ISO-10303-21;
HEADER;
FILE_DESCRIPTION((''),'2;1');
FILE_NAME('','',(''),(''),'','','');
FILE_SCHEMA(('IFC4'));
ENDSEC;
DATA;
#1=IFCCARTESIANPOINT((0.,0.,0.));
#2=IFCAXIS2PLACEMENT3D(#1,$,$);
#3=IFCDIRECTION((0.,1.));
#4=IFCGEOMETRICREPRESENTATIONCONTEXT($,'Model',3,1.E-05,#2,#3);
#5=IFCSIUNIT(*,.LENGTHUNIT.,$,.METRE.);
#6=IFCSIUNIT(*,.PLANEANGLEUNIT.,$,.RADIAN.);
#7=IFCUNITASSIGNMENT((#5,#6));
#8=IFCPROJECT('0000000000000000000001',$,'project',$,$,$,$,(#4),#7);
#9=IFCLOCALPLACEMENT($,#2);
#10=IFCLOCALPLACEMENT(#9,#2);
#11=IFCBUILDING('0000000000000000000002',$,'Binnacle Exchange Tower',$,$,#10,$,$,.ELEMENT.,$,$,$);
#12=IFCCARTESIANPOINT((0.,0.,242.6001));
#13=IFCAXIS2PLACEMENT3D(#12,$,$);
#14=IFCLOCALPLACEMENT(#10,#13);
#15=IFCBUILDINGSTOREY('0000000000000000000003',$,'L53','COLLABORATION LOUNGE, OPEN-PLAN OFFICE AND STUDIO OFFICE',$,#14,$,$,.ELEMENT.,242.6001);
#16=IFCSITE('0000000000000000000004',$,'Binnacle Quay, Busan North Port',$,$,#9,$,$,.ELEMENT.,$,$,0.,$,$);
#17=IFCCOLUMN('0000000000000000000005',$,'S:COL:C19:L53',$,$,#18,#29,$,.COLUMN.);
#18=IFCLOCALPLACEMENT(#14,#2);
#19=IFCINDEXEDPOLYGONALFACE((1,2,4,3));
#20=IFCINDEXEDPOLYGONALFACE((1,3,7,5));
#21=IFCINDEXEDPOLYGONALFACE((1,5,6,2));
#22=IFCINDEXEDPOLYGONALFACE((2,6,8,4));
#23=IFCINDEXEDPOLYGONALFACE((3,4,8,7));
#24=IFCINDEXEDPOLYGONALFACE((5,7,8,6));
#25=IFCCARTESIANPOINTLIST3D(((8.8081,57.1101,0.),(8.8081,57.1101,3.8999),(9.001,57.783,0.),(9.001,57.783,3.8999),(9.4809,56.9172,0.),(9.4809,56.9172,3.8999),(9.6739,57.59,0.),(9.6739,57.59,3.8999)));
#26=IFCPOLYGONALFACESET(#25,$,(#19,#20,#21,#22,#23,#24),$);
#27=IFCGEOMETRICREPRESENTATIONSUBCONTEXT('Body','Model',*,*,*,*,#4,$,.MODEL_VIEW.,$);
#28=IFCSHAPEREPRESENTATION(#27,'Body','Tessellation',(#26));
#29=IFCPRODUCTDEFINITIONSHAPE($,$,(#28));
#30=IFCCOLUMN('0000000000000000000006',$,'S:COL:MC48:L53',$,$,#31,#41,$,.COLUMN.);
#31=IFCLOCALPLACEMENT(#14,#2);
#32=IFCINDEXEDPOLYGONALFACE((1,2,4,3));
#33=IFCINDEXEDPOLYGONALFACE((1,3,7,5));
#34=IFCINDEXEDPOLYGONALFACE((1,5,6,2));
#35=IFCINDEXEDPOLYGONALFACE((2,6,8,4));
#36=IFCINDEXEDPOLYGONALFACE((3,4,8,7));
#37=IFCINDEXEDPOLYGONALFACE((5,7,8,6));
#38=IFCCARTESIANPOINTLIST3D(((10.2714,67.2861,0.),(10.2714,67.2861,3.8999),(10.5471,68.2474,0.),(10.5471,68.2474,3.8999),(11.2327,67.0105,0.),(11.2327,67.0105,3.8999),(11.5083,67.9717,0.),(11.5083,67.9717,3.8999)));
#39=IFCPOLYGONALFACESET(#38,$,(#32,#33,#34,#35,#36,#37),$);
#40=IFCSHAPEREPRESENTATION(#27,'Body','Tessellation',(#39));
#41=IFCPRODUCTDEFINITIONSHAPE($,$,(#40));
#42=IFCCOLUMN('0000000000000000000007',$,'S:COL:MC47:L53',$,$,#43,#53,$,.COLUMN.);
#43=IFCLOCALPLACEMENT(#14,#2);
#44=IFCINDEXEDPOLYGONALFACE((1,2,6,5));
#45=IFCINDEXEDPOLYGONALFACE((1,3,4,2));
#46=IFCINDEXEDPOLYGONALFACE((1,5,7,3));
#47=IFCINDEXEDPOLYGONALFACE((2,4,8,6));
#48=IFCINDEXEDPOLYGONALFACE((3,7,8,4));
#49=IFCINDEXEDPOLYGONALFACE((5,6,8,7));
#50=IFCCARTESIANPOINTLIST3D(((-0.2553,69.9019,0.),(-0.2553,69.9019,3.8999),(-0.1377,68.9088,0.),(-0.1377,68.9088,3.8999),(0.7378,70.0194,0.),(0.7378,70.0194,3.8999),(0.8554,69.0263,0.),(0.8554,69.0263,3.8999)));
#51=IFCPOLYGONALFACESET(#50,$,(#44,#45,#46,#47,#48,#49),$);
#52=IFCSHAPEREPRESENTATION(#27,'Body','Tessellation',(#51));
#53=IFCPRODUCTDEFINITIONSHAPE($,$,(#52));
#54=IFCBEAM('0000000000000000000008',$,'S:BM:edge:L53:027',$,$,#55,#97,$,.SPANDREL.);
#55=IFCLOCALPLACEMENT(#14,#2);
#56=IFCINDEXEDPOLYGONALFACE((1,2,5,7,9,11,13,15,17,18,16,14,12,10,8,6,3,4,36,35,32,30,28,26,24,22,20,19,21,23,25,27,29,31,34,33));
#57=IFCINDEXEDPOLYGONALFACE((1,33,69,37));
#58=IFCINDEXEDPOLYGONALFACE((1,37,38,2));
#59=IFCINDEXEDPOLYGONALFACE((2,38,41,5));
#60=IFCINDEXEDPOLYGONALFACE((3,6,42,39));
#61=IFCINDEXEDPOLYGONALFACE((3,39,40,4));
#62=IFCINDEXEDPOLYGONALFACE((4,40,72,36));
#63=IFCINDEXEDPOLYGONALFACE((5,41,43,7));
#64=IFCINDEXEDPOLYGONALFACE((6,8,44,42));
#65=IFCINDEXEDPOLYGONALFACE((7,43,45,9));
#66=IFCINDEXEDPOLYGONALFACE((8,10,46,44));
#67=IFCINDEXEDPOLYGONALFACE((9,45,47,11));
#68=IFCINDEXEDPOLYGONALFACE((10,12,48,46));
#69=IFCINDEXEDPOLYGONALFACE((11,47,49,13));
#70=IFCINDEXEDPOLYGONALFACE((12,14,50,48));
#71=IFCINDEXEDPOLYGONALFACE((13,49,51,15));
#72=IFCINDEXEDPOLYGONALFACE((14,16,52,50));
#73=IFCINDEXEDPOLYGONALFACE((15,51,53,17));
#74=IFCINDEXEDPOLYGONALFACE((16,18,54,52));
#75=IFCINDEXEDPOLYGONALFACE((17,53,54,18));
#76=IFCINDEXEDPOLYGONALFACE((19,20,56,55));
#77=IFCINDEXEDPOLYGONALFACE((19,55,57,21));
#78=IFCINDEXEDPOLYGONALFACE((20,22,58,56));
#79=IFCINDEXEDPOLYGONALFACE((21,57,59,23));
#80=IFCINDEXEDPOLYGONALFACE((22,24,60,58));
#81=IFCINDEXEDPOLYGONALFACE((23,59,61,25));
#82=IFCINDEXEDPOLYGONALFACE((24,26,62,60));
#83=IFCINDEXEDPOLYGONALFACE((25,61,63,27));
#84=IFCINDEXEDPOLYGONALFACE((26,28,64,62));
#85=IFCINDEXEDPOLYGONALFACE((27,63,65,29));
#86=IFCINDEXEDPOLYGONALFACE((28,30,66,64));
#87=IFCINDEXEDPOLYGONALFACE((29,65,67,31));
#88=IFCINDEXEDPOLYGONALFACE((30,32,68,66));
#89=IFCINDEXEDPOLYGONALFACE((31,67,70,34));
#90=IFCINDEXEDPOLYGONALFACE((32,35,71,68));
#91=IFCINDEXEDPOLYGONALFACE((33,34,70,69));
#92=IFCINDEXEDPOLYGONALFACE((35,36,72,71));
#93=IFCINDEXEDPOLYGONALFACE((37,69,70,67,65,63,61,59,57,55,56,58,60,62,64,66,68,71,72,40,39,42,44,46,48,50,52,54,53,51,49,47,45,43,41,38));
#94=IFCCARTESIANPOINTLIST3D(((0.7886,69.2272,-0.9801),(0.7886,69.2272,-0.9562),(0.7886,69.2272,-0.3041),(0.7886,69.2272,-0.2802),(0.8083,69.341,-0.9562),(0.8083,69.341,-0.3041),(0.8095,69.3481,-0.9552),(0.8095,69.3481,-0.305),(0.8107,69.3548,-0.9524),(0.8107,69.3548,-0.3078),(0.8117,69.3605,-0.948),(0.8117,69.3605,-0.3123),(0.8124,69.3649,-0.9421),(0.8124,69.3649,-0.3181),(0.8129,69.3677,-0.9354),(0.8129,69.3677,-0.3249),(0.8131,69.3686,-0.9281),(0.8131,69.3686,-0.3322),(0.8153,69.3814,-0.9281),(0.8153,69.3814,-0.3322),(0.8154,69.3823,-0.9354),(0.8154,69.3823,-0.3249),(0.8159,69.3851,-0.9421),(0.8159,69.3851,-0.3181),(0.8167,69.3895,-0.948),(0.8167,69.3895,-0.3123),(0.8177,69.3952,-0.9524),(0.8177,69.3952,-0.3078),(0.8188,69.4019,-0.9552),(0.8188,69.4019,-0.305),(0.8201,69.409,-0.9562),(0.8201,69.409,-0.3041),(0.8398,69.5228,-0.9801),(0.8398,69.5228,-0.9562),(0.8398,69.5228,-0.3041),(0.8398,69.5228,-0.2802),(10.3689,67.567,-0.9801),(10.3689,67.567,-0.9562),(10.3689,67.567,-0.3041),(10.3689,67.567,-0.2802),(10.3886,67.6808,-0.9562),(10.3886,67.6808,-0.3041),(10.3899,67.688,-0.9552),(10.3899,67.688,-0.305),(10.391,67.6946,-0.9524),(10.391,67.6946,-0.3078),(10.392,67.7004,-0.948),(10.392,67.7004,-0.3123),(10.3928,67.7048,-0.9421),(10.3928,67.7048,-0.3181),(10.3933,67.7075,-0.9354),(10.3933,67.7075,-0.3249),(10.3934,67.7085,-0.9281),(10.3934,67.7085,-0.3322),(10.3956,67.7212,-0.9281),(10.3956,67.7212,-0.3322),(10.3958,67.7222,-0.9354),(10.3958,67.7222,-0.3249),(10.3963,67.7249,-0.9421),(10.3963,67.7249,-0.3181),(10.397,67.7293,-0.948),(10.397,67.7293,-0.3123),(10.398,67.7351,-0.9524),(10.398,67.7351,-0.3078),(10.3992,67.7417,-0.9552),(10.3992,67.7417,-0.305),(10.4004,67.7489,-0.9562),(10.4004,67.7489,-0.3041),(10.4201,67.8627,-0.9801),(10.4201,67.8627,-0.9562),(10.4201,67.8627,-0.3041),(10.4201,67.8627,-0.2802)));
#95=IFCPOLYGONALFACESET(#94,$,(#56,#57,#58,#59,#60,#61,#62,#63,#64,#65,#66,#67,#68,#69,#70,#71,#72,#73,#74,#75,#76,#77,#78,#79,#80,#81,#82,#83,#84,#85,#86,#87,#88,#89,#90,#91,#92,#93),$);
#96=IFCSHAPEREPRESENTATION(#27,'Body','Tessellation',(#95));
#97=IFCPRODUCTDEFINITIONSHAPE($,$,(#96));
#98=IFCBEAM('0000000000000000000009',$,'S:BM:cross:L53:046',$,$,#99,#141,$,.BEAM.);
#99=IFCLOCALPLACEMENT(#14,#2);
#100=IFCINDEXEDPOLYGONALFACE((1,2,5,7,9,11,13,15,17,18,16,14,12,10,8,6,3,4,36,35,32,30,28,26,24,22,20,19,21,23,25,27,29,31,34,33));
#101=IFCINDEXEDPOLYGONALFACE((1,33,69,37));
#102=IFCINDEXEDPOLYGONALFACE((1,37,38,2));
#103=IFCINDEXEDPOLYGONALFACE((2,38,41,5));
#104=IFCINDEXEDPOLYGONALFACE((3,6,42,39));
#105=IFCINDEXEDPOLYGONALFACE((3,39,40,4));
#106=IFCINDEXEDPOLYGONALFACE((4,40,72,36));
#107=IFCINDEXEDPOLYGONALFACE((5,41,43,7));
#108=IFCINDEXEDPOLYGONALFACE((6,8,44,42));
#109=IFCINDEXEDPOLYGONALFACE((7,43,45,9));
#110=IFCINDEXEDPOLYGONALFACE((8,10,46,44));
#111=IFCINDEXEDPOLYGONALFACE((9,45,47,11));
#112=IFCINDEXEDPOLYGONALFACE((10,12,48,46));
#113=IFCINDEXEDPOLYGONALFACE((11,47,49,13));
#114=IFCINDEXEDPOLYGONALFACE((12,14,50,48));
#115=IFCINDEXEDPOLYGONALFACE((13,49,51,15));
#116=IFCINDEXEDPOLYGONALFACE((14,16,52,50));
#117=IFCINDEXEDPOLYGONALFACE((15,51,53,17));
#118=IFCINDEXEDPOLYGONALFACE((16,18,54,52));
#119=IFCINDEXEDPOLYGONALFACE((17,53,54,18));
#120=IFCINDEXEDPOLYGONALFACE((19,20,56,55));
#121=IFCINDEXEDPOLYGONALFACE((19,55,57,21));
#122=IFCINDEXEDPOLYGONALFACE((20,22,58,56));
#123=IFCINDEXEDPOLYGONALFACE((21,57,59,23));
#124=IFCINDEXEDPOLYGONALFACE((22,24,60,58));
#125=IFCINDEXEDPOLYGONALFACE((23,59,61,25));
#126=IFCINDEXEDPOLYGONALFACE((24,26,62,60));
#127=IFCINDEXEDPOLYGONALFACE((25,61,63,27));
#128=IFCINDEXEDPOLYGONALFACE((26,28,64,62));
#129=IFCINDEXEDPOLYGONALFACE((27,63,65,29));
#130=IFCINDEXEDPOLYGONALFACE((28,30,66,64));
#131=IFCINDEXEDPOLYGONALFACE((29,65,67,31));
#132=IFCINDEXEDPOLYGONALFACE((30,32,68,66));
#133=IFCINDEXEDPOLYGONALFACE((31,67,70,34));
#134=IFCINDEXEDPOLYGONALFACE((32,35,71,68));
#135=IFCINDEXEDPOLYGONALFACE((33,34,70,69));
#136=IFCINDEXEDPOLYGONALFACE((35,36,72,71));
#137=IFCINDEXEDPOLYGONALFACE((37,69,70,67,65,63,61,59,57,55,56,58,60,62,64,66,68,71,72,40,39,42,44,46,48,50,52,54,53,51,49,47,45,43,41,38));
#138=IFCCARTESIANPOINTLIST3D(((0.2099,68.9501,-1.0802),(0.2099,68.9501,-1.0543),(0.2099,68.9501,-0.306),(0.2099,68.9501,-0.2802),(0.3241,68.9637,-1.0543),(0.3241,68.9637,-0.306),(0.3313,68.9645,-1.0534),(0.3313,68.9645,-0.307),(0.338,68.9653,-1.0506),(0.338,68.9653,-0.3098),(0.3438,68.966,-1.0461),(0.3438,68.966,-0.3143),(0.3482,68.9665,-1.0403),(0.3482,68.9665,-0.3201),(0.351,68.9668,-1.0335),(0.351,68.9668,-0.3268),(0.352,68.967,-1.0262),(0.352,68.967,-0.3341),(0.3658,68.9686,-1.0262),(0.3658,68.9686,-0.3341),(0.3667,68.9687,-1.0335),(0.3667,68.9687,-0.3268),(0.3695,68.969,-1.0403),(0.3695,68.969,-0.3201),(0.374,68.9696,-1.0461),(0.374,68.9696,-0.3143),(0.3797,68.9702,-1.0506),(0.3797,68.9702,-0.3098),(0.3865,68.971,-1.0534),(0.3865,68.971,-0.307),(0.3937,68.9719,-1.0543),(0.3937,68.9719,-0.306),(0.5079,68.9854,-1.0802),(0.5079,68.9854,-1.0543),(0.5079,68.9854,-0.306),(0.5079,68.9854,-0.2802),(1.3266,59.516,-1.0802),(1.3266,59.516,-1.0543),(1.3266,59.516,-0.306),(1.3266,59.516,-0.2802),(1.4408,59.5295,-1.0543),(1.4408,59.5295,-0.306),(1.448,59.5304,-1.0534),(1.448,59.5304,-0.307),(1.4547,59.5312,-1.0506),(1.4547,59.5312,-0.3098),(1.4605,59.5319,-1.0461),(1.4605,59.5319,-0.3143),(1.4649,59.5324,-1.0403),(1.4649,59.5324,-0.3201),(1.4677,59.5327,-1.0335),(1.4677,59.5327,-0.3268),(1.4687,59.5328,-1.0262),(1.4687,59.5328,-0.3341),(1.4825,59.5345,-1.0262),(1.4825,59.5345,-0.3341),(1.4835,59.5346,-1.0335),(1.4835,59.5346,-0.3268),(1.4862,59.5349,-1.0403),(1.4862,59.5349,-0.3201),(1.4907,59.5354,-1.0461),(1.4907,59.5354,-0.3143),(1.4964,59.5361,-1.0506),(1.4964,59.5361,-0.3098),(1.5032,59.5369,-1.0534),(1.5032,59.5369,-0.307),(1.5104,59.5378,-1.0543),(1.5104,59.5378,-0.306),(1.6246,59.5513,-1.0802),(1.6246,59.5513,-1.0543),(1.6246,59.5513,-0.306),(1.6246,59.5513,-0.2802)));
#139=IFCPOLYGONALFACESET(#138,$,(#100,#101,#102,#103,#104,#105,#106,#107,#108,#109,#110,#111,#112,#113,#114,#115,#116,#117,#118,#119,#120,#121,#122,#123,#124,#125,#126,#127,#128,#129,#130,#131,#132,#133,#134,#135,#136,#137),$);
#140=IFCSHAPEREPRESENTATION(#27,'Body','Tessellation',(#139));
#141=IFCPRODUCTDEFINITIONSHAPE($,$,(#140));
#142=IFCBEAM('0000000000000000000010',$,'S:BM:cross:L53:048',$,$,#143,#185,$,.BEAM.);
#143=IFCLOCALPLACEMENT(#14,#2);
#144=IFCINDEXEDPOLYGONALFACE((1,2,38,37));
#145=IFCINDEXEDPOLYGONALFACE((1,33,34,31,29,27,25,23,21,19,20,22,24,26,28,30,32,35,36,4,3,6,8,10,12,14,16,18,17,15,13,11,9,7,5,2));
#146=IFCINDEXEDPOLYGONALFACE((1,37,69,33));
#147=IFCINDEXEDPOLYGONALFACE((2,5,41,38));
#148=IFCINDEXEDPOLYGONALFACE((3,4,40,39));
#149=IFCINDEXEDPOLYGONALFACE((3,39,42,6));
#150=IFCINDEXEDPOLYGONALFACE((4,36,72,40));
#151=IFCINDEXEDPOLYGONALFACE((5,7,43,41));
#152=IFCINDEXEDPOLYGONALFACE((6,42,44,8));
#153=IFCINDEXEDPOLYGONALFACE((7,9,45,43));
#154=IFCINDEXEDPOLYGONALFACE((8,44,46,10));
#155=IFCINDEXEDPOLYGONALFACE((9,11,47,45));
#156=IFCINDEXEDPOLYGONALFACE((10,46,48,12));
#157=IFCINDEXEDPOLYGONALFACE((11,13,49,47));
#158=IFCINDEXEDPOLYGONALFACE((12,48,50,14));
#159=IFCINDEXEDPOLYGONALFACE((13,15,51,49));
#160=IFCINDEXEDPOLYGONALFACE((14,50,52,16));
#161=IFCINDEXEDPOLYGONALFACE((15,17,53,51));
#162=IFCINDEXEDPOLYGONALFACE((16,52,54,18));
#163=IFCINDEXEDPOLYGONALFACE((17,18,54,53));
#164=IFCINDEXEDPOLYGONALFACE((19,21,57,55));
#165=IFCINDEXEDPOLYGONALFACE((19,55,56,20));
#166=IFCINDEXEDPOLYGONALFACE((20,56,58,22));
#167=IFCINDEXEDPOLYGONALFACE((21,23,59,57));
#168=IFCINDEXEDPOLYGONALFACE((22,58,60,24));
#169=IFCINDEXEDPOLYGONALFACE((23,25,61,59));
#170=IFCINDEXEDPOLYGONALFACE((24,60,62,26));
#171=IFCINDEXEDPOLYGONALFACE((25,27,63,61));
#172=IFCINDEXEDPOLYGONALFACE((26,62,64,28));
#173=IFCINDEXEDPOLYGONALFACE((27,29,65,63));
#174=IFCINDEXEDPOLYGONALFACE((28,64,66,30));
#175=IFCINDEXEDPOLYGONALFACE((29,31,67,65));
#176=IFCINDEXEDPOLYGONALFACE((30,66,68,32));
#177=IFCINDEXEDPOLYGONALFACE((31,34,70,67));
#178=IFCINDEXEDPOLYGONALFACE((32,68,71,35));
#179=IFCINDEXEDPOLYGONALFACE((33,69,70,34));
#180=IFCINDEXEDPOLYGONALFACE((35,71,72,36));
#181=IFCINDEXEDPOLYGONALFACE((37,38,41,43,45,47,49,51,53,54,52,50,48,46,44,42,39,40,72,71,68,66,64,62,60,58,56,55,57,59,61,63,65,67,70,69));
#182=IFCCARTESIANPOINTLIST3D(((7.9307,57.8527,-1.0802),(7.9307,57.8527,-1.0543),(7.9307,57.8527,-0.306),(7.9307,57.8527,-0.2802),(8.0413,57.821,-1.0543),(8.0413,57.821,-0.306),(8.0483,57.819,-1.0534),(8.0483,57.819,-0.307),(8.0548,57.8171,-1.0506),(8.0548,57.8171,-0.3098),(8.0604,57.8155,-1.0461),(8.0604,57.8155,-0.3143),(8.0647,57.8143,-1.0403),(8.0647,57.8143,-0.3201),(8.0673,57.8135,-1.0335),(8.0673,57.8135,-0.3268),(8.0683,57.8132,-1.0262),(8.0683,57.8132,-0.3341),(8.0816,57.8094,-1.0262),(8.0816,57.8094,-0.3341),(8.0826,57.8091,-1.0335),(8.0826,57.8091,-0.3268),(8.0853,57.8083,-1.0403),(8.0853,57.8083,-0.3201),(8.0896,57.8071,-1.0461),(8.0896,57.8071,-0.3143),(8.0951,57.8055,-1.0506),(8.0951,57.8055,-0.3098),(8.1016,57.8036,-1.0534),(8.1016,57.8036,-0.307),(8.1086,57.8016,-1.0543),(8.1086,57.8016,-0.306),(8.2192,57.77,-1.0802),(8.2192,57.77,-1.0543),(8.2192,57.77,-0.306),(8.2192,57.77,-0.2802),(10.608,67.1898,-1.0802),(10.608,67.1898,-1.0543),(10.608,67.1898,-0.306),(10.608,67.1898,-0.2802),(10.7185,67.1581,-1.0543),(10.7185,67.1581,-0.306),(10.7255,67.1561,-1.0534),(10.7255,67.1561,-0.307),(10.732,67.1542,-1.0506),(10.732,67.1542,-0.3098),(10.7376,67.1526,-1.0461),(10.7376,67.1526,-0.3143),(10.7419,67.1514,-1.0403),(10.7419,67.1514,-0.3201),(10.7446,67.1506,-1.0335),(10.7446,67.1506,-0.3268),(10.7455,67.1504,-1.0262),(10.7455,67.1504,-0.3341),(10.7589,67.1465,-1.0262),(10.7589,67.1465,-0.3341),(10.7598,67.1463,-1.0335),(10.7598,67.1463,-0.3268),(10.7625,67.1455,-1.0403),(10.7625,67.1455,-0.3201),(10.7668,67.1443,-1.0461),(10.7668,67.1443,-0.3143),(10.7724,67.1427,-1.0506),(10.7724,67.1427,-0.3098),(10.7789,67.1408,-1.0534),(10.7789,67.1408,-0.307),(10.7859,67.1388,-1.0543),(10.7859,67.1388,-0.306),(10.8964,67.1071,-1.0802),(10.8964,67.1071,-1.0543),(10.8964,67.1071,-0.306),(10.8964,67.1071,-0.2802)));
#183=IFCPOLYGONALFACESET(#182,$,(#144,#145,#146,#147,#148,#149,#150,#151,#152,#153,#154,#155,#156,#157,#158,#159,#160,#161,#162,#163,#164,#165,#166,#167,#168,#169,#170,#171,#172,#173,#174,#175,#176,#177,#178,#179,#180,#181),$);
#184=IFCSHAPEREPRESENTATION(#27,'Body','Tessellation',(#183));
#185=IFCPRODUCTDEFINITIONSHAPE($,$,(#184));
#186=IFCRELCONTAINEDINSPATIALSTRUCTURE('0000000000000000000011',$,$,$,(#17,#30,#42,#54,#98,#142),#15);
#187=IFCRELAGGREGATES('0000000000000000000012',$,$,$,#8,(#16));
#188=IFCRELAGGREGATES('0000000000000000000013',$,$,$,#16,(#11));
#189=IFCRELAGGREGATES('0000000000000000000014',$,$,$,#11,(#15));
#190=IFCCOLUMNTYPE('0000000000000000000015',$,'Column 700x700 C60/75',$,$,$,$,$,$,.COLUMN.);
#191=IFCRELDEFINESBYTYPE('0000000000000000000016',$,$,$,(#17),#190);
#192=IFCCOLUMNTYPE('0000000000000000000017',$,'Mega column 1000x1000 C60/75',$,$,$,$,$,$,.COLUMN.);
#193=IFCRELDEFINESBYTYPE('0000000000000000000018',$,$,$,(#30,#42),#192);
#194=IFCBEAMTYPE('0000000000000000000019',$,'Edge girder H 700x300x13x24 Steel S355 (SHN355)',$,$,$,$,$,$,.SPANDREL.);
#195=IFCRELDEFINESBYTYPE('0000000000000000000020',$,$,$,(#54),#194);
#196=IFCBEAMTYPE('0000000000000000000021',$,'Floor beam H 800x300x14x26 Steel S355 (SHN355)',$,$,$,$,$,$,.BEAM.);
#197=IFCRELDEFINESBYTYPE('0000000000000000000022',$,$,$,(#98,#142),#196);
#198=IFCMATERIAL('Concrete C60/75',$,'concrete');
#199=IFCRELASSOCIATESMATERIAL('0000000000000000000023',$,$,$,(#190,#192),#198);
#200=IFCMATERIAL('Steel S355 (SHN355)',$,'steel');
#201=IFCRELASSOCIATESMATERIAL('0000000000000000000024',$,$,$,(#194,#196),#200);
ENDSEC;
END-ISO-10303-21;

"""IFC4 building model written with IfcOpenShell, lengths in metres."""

from ifc_helpers import new_model, si_unit, direction, frame, origin, origin_2d, place, context, subcontext, project, spatial, rectangle, i_section, extrude, material, material_profile, profile_set, type_object, element, save


model = new_model("IFC4")

# Units and contexts
model_context = context("Model", 3, precision=1e-05, world=origin(), true_north=direction((0.0, 1.0)))
body_context = subcontext(model_context, "Body", "Model", "MODEL_VIEW")
ifc_project = project(units=[si_unit("LENGTHUNIT", "METRE"), si_unit("PLANEANGLEUNIT", "RADIAN")], contexts=[model_context])

# Site, building, storey
site_placement = place(None, origin())
site = spatial("IfcSite", under=ifc_project, at=site_placement, Name="Binnacle Quay, Busan North Port", CompositionType="ELEMENT", RefElevation=0.0)
building_placement = place(site_placement, origin())
building = spatial("IfcBuilding", under=site, at=building_placement, Name="Binnacle Exchange Tower", CompositionType="ELEMENT")
storey_placement = place(building_placement, frame((0.0, 0.0, 242.6001)))
storey = spatial("IfcBuildingStorey", under=building, at=storey_placement, Name="L53", Description="COLLABORATION LOUNGE, OPEN-PLAN OFFICE AND STUDIO OFFICE", CompositionType="ELEMENT", Elevation=242.6001)

# Columns
ifc_material_1 = material(Name="Concrete C60/75", Category="concrete")
ifc_material_profile_1 = material_profile(ifc_material_1, rectangle(XDim=0.7, YDim=0.7, at=origin_2d()), Name="Column 700x700 C60/75")
ifc_profile_set_1 = profile_set([ifc_material_profile_1], Name="Concrete C60/75")
column_type_1 = type_object("IfcColumnType", Name="Column 700x700 C60/75", PredefinedType="COLUMN", material=ifc_profile_set_1)
column_placement = place(storey_placement, frame((9.241, 57.3501, 0.0), z_axis=(0.0, 0.0, 1.0), x_axis=(0.961262, -0.275637, 0.0)))
element("IfcColumn", 1, at=column_placement, inside=storey, type_object=column_type_1, Name="S:COL:C19:L53", PredefinedType="COLUMN", context=body_context, shape_type="SweptSolid", body=[
    extrude(rectangle(XDim=0.7, YDim=0.7, at=origin_2d()), origin(), (0.0, 0.0, 1.0), 3.8999),
])
ifc_material_profile_2 = material_profile(ifc_material_1, rectangle(XDim=1.0, YDim=1.0, at=origin_2d()), Name="Mega column 1000x1000 C60/75")
ifc_profile_set_2 = profile_set([ifc_material_profile_2], Name="Concrete C60/75")
column_type_2 = type_object("IfcColumnType", Name="Mega column 1000x1000 C60/75", PredefinedType="COLUMN", material=ifc_profile_set_2)
for number, where, z_axis, x_axis, name in (
    (2, (10.8899, 67.6289, 0.0), (0.0, 0.0, 1.0), (-0.961262, 0.275637, 0.0), "S:COL:MC48:L53"),
    (3, (0.3, 69.4641, 0.0), (0.0, 0.0, 1.0), (-0.993068, -0.117537, 0.0), "S:COL:MC47:L53"),
):
    element("IfcColumn", number, at=place(storey_placement, frame(where, z_axis=z_axis, x_axis=x_axis)), inside=storey, type_object=column_type_2, Name=name, PredefinedType="COLUMN", context=body_context, shape_type="SweptSolid", body=[
        extrude(rectangle(XDim=1.0, YDim=1.0, at=origin_2d()), origin(), (0.0, 0.0, 1.0), 3.8999),
    ])

# Beams
ifc_material_2 = material(Name="Steel S355 (SHN355)", Category="steel")
ifc_material_profile_3 = material_profile(ifc_material_2, i_section(OverallWidth=0.3, OverallDepth=0.7, WebThickness=0.0129, FlangeThickness=0.0239, FilletRadius=0.0281, at=origin_2d()), Name="H 700x300x13x24")
ifc_profile_set_3 = profile_set([ifc_material_profile_3], Name="Steel S355 (SHN355)")
beam_type_1 = type_object("IfcBeamType", Name="Edge girder H 700x300x13x24 Steel S355 (SHN355)", PredefinedType="SPANDREL", material=ifc_profile_set_3)
beam_1_placement = place(storey_placement, frame((10.3945, 67.7148, -0.6301), z_axis=(-0.985316, 0.170743, 0.0), x_axis=(-0.170743, -0.985316, 0.0)))
element("IfcBeam", 4, at=beam_1_placement, inside=storey, type_object=beam_type_1, Name="S:BM:edge:L53:027", PredefinedType="SPANDREL", context=body_context, shape_type="SweptSolid", body=[
    extrude(i_section(OverallWidth=0.3, OverallDepth=0.7, WebThickness=0.0129, FlangeThickness=0.0239, FilletRadius=0.0281, at=origin_2d()), origin(), (0.0, 0.0, 1.0), 9.7231),
])
ifc_material_profile_4 = material_profile(ifc_material_2, i_section(OverallWidth=0.3, OverallDepth=0.8, WebThickness=0.0139, FlangeThickness=0.0259, FilletRadius=0.0281, at=origin_2d()), Name="H 800x300x14x26")
ifc_profile_set_4 = profile_set([ifc_material_profile_4], Name="Steel S355 (SHN355)")
beam_type_2 = type_object("IfcBeamType", Name="Floor beam H 800x300x14x26 Steel S355 (SHN355)", PredefinedType="BEAM", material=ifc_profile_set_4)
beam_2_placement = place(storey_placement, frame((0.3589, 68.9678, -0.6802), z_axis=(0.117548, -0.993067, 0.0), x_axis=(0.993067, 0.117548, 0.0)))
element("IfcBeam", 5, at=beam_2_placement, inside=storey, type_object=beam_type_2, Name="S:BM:cross:L53:046", PredefinedType="BEAM", context=body_context, shape_type="SweptSolid", body=[
    extrude(i_section(OverallWidth=0.3, OverallDepth=0.8, WebThickness=0.0139, FlangeThickness=0.0259, FilletRadius=0.0281, at=origin_2d()), origin(), (0.0, 0.0, 1.0), 9.5),
])
beam_3_placement = place(storey_placement, frame((10.7522, 67.1484, -0.6802), z_axis=(-0.275624, -0.961266, 0.0), x_axis=(0.961266, -0.275624, 0.0)))
element("IfcBeam", 6, at=beam_3_placement, inside=storey, type_object=beam_type_2, Name="S:BM:cross:L53:048", PredefinedType="BEAM", context=body_context, shape_type="SweptSolid", body=[
    extrude(i_section(OverallWidth=0.3, OverallDepth=0.8, WebThickness=0.0139, FlangeThickness=0.0259, FilletRadius=0.0281, at=origin_2d()), origin(), (0.0, 0.0, 1.0), 9.7134),
])

save(model, "model.ifc")
